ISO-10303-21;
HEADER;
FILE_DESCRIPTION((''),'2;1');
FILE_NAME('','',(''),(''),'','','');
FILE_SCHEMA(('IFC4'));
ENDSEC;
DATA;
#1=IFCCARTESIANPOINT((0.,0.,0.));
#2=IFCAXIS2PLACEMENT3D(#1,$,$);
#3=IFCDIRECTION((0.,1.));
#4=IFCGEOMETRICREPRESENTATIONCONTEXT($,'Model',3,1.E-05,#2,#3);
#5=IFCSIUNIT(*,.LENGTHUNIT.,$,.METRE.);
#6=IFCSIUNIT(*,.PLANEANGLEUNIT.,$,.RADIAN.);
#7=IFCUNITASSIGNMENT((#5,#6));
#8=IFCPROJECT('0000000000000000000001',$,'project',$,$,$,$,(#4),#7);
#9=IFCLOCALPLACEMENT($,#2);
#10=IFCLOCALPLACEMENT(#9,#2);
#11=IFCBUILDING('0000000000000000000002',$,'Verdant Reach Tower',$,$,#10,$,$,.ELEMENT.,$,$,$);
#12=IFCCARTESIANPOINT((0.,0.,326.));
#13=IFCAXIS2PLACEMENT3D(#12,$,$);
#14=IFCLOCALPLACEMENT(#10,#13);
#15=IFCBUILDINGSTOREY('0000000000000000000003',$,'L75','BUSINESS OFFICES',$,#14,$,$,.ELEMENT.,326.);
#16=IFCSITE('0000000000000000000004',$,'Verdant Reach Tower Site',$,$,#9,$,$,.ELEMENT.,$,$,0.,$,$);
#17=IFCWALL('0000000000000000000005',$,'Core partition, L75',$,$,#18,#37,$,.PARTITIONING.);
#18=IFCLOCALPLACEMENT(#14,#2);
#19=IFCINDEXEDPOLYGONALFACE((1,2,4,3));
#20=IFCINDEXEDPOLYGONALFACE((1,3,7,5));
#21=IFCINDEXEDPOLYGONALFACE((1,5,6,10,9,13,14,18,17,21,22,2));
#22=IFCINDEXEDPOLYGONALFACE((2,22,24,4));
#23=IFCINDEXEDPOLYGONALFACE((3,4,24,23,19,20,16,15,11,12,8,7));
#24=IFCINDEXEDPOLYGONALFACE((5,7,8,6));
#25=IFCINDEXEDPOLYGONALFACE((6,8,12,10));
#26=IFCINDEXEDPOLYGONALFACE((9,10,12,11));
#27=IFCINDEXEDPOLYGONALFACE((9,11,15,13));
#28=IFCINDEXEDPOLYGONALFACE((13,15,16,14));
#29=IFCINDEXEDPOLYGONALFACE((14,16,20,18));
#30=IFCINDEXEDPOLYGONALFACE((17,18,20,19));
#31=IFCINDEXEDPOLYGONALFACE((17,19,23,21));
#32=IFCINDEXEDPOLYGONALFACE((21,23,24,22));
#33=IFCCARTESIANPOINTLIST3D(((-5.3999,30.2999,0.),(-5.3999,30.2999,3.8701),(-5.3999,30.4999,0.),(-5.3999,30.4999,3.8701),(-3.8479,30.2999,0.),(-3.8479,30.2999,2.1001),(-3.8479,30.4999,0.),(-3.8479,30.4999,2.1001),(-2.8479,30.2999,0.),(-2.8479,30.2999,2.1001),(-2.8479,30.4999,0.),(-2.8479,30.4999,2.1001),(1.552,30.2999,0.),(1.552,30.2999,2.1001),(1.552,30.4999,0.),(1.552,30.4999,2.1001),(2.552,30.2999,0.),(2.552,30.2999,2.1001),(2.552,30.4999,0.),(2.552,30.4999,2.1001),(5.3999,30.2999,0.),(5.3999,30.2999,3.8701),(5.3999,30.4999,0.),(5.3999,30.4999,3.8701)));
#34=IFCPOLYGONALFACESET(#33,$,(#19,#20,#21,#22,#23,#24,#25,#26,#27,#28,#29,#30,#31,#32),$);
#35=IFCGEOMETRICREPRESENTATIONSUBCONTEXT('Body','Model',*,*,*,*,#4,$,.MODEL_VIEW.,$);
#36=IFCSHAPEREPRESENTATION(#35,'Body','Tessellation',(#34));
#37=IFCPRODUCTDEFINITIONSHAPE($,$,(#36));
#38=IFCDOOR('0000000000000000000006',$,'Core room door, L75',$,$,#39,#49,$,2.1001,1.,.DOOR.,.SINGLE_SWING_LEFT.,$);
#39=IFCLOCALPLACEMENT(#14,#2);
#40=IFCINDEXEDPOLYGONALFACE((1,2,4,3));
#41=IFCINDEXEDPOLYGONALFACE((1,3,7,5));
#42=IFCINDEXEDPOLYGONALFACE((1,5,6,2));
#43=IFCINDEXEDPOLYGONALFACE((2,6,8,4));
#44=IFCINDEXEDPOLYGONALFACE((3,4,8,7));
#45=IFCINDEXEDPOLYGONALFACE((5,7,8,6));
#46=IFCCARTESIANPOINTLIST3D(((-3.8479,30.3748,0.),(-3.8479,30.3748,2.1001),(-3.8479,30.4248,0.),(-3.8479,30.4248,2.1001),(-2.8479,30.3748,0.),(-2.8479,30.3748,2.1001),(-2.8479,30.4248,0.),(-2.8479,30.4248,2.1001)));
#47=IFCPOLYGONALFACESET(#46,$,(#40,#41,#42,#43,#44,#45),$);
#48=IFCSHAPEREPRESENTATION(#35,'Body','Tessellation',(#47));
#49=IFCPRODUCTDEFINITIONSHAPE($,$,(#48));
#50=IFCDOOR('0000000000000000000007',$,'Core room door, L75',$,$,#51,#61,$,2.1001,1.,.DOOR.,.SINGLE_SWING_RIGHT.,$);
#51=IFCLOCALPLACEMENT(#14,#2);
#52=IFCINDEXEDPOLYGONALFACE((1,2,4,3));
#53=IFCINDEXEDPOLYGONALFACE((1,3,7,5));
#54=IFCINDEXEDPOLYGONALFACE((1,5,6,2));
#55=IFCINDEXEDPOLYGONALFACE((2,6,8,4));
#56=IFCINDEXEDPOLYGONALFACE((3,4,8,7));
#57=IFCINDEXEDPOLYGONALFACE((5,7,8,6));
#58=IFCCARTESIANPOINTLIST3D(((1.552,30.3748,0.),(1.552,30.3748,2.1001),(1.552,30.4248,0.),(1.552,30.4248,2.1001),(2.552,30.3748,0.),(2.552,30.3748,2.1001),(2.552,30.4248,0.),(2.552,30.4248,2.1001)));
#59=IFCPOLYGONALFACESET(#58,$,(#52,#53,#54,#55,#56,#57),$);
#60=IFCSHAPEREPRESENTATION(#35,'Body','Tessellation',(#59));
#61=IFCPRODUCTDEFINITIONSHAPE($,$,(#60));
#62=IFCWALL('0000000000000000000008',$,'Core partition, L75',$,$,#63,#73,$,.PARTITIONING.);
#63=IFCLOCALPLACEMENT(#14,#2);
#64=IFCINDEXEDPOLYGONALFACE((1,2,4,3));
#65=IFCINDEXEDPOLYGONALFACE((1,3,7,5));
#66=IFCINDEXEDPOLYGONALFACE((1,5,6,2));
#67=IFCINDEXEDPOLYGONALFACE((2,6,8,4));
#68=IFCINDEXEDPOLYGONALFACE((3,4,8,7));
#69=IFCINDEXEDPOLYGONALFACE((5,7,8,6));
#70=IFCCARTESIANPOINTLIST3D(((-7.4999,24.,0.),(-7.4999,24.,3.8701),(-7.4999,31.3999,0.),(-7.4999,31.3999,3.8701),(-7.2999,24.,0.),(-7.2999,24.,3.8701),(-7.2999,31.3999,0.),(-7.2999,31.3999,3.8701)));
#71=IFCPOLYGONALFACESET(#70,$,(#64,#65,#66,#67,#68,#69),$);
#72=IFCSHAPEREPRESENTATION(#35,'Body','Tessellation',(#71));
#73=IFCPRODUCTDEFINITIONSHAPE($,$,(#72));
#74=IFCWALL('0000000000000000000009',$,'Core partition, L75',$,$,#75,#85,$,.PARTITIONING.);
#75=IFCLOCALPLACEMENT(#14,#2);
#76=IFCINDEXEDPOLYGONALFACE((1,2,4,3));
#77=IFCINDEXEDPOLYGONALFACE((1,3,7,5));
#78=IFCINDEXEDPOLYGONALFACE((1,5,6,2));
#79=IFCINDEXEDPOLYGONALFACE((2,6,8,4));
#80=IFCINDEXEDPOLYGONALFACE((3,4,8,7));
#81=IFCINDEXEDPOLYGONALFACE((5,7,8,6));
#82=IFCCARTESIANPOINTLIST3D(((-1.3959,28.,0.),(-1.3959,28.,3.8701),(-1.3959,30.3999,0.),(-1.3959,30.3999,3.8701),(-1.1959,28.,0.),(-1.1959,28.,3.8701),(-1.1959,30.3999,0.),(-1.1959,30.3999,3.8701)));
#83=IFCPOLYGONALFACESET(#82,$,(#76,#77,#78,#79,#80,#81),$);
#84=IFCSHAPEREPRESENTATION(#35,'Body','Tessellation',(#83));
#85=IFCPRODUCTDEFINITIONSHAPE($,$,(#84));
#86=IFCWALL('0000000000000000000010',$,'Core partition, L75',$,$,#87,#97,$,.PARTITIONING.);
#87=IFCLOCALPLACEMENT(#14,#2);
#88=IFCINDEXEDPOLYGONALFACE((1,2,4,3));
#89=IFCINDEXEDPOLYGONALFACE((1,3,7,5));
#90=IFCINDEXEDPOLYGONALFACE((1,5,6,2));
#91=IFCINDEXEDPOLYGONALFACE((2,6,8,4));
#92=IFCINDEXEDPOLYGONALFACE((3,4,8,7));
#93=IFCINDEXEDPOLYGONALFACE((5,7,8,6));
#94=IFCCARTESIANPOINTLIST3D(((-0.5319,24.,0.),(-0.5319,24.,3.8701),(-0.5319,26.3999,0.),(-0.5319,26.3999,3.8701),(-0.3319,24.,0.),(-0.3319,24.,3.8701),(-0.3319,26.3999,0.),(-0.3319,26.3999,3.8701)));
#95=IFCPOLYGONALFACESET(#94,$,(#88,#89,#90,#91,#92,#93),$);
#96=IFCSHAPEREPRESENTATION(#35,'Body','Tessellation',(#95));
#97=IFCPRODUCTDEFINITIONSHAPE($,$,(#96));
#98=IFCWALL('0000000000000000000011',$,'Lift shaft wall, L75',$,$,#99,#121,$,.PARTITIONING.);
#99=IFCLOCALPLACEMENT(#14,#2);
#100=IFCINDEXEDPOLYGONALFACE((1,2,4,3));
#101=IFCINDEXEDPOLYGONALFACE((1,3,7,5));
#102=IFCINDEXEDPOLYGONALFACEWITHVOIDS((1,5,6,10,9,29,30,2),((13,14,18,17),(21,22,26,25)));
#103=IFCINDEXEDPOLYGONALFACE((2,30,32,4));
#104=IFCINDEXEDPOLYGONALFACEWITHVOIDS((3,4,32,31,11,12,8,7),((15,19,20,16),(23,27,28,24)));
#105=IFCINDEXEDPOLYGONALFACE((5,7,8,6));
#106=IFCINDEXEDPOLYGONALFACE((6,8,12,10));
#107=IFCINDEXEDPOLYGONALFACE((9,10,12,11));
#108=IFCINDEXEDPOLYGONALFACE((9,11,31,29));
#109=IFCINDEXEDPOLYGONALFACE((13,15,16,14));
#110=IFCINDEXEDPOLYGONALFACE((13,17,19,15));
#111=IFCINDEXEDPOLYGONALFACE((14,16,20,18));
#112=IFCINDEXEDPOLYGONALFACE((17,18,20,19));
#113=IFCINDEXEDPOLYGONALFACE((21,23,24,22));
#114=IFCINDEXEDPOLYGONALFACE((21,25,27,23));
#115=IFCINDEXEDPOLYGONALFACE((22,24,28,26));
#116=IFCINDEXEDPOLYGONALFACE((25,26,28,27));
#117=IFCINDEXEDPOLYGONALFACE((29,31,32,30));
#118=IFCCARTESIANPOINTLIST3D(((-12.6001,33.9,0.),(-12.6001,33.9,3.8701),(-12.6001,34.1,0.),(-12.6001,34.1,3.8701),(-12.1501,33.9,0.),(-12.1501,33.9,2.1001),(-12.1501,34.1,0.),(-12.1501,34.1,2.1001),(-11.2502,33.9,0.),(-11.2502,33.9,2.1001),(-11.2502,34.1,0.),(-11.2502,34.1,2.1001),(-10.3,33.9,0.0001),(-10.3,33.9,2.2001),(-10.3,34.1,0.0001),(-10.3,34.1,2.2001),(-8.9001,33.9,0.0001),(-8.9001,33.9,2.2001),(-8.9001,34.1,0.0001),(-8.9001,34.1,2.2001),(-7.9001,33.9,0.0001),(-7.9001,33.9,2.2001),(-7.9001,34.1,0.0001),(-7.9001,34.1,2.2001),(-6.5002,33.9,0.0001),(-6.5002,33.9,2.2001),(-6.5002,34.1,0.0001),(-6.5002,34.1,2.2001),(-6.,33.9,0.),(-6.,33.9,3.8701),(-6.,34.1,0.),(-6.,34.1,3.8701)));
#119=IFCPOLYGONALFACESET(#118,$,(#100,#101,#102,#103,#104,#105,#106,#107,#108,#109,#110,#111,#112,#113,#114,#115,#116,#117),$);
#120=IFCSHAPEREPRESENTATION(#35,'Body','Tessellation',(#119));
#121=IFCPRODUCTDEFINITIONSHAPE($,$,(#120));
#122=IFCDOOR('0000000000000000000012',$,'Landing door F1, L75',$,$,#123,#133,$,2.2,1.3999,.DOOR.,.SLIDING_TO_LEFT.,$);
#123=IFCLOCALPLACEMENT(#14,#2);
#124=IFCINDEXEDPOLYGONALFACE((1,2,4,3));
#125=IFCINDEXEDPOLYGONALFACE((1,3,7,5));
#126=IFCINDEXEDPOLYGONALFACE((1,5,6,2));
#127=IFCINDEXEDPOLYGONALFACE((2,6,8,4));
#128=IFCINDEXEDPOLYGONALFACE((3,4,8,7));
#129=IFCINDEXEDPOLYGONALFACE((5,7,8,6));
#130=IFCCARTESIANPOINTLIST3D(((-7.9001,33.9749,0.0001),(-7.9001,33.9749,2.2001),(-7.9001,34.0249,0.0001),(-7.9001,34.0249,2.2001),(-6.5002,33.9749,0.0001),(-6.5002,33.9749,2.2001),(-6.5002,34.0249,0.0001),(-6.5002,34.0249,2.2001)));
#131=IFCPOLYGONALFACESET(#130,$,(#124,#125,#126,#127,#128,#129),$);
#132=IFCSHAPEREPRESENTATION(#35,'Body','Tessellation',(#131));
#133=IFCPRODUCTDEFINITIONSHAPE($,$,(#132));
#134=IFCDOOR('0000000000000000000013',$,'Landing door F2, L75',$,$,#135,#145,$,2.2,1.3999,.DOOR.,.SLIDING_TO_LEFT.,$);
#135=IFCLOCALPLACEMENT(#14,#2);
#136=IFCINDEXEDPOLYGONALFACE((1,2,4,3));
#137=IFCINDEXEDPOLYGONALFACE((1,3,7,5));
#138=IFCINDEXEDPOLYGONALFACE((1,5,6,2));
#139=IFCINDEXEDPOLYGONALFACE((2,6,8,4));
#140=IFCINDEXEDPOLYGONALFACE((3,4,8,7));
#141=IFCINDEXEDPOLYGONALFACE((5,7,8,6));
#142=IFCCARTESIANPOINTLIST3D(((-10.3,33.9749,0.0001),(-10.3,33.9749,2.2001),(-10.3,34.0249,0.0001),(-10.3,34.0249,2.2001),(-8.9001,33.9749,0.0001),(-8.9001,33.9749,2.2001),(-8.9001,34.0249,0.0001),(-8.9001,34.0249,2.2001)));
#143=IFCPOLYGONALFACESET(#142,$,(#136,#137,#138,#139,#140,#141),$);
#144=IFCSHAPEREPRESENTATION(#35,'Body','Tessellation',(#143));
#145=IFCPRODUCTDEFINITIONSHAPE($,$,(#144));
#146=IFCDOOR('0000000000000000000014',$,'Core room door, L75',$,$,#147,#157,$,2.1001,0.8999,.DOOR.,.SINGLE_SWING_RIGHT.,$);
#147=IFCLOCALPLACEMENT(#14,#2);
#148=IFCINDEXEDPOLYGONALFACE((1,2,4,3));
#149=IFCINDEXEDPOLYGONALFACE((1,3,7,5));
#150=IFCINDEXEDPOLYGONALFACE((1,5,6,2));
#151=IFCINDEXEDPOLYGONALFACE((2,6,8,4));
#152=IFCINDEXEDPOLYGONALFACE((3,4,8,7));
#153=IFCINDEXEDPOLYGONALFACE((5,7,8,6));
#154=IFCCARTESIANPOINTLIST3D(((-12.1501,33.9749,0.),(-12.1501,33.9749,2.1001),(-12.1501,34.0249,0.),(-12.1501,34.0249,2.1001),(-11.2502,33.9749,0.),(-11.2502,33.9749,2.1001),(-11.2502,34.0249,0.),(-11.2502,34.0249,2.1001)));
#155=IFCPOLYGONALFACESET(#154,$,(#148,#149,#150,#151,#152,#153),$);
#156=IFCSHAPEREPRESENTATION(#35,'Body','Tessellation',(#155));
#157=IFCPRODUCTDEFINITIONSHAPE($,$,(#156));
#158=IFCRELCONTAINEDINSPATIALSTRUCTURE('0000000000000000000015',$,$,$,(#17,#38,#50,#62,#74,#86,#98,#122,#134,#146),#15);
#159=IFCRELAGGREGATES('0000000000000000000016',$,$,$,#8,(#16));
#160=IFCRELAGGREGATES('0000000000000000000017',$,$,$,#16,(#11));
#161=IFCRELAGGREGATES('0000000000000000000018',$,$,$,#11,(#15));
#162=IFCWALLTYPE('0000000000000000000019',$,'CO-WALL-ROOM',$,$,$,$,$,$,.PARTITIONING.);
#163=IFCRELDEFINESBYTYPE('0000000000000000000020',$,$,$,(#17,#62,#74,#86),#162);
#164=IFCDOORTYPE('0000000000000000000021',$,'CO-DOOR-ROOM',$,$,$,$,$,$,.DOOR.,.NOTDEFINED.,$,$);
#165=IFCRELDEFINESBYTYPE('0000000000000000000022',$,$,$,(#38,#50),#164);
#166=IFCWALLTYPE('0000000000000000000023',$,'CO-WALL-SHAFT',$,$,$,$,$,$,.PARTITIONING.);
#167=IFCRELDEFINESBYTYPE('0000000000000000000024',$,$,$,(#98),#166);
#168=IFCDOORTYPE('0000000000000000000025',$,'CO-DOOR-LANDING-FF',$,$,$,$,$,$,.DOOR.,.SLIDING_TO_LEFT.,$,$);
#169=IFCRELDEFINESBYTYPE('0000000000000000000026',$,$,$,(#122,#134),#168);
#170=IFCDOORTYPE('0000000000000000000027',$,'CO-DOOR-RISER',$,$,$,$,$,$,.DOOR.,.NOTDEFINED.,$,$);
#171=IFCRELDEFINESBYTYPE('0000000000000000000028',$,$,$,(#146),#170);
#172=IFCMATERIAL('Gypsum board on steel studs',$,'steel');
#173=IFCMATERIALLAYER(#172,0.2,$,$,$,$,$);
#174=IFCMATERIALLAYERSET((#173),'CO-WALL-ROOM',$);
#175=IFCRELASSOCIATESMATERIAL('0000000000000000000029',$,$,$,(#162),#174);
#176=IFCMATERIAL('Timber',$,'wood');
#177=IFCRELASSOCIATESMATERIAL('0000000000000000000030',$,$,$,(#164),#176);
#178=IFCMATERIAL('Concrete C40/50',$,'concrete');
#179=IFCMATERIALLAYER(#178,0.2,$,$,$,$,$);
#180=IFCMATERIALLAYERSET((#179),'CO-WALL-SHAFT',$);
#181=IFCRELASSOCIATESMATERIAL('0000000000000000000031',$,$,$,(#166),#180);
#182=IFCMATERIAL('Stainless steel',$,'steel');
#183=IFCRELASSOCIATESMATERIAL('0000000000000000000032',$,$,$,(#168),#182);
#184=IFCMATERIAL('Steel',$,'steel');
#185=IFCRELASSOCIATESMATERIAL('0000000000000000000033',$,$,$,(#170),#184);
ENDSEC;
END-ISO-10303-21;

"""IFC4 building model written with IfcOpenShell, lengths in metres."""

from ifc_helpers import new_model, si_unit, direction, frame, frame_2d, origin, place, context, subcontext, project, spatial, rectangle, extrude, material, layer, layer_set, type_object, element, fill, save


model = new_model("IFC4")

# Units and contexts
model_context = context("Model", 3, precision=1e-05, world=origin(), true_north=direction((0.0, 1.0)))
body_context = subcontext(model_context, "Body", "Model", "MODEL_VIEW")
ifc_project = project(units=[si_unit("LENGTHUNIT", "METRE"), si_unit("PLANEANGLEUNIT", "RADIAN")], contexts=[model_context])

# Site, building, storey
site_placement = place(None, origin())
site = spatial("IfcSite", under=ifc_project, at=site_placement, Name="Verdant Reach Tower Site", CompositionType="ELEMENT", RefElevation=0.0)
building_placement = place(site_placement, origin())
building = spatial("IfcBuilding", under=site, at=building_placement, Name="Verdant Reach Tower", CompositionType="ELEMENT")
storey_placement = place(building_placement, frame((0.0, 0.0, 326.0)))
storey = spatial("IfcBuildingStorey", under=building, at=storey_placement, Name="L75", Description="BUSINESS OFFICES", CompositionType="ELEMENT", Elevation=326.0)

# Shared definitions
ifc_material_1 = material(Name="Gypsum board on steel studs", Category="steel")
ifc_layer_1 = layer(ifc_material_1, 0.2)
ifc_layer_set_1 = layer_set([ifc_layer_1], Name="CO-WALL-ROOM")
wall_type_1 = type_object("IfcWallType", Name="CO-WALL-ROOM", PredefinedType="PARTITIONING", material=ifc_layer_set_1)
ifc_material_2 = material(Name="Timber", Category="wood")
door_type_1 = type_object("IfcDoorType", Name="CO-DOOR-ROOM", OperationType="NOTDEFINED", PredefinedType="DOOR", material=ifc_material_2)

# Wall, openings, doors
wall_1_placement = place(storey_placement, frame((-5.3999, 30.3999, 0.0), z_axis=(0.0, 0.0, 1.0), x_axis=(1.0, 0.0, 0.0)))
wall_1 = element("IfcWall", 1, at=wall_1_placement, inside=storey, type_object=wall_type_1, Name="Core partition, L75", PredefinedType="PARTITIONING", context=body_context, shape_type="SweptSolid", body=[
    extrude(rectangle(XDim=10.7998, YDim=0.2, at=frame_2d((5.3999, 0.0))), origin(), (0.0, 0.0, 1.0), 3.8701),
])
opening_1_placement = place(wall_1_placement, frame((1.552, 0.0, 0.0)))
opening_1 = element("IfcOpeningElement", 2, at=opening_1_placement, cuts=wall_1, PredefinedType="OPENING", context=body_context, shape_type="SweptSolid", body=[
    extrude(rectangle(XDim=1.0, YDim=2.1001, at=frame_2d((0.5, 1.05))), frame((0.0, 0.1099, 0.0), z_axis=(0.0, -1.0, 0.0), x_axis=(1.0, 0.0, 0.0)), (0.0, 0.0, 1.0), 0.22),
])
opening_2_placement = place(wall_1_placement, frame((6.9519, 0.0, 0.0)))
opening_2 = element("IfcOpeningElement", 3, at=opening_2_placement, cuts=wall_1, PredefinedType="OPENING", context=body_context, shape_type="SweptSolid", body=[
    extrude(rectangle(XDim=1.0, YDim=2.1001, at=frame_2d((0.5, 1.05))), frame((0.0, 0.1099, 0.0), z_axis=(0.0, -1.0, 0.0), x_axis=(1.0, 0.0, 0.0)), (0.0, 0.0, 1.0), 0.22),
])
door_1_placement = place(opening_1_placement, origin())
door_1 = element("IfcDoor", 4, at=door_1_placement, inside=storey, type_object=door_type_1, Name="Core room door, L75", OperationType="SINGLE_SWING_LEFT", OverallHeight=2.1001, OverallWidth=1.0, PredefinedType="DOOR", context=body_context, shape_type="SweptSolid", body=[
    extrude(rectangle(XDim=1.0, YDim=2.1001, at=frame_2d((0.5, 1.05))), frame((0.0, 0.0249, 0.0), z_axis=(0.0, -1.0, 0.0), x_axis=(1.0, 0.0, 0.0)), (0.0, 0.0, 1.0), 0.05),
])
fill(opening_1, door_1)
door_2_placement = place(opening_2_placement, origin())
door_2 = element("IfcDoor", 5, at=door_2_placement, inside=storey, type_object=door_type_1, Name="Core room door, L75", OperationType="SINGLE_SWING_RIGHT", OverallHeight=2.1001, OverallWidth=1.0, PredefinedType="DOOR", context=body_context, shape_type="SweptSolid", body=[
    extrude(rectangle(XDim=1.0, YDim=2.1001, at=frame_2d((0.5, 1.05))), frame((0.0, 0.0249, 0.0), z_axis=(0.0, -1.0, 0.0), x_axis=(1.0, 0.0, 0.0)), (0.0, 0.0, 1.0), 0.05),
])
fill(opening_2, door_2)

# Walls
wall_2_placement = place(storey_placement, frame((-7.3999, 24.0, 0.0), z_axis=(0.0, 0.0, 1.0), x_axis=(0.0, 1.0, 0.0)))
element("IfcWall", 6, at=wall_2_placement, inside=storey, type_object=wall_type_1, Name="Core partition, L75", PredefinedType="PARTITIONING", context=body_context, shape_type="SweptSolid", body=[
    extrude(rectangle(XDim=7.3999, YDim=0.2, at=frame_2d((3.7, 0.0))), origin(), (0.0, 0.0, 1.0), 3.8701),
])
for number, where, z_axis, x_axis, name in (
    (7, (-1.2959, 28.0, 0.0), (0.0, 0.0, 1.0), (0.0, 1.0, 0.0), "Core partition, L75"),
    (8, (-0.4319, 24.0, 0.0), (0.0, 0.0, 1.0), (0.0, 1.0, 0.0), "Core partition, L75"),
):
    element("IfcWall", number, at=place(storey_placement, frame(where, z_axis=z_axis, x_axis=x_axis)), inside=storey, type_object=wall_type_1, Name=name, PredefinedType="PARTITIONING", context=body_context, shape_type="SweptSolid", body=[
        extrude(rectangle(XDim=2.3999, YDim=0.2, at=frame_2d((1.2, 0.0))), origin(), (0.0, 0.0, 1.0), 3.8701),
    ])

# Wall, openings, doors
ifc_material_3 = material(Name="Concrete C40/50", Category="concrete")
ifc_layer_2 = layer(ifc_material_3, 0.2)
ifc_layer_set_2 = layer_set([ifc_layer_2], Name="CO-WALL-SHAFT")
wall_type_2 = type_object("IfcWallType", Name="CO-WALL-SHAFT", PredefinedType="PARTITIONING", material=ifc_layer_set_2)
wall_3_placement = place(storey_placement, frame((-12.6001, 34.0, 0.0), z_axis=(0.0, 0.0, 1.0), x_axis=(1.0, 0.0, 0.0)))
wall_3 = element("IfcWall", 9, at=wall_3_placement, inside=storey, type_object=wall_type_2, Name="Lift shaft wall, L75", PredefinedType="PARTITIONING", context=body_context, shape_type="SweptSolid", body=[
    extrude(rectangle(XDim=6.6001, YDim=0.2, at=frame_2d((3.3, 0.0))), origin(), (0.0, 0.0, 1.0), 3.8701),
])
opening_3_placement = place(wall_3_placement, frame((4.7, 0.0, 0.0)))
opening_3 = element("IfcOpeningElement", 10, at=opening_3_placement, cuts=wall_3, PredefinedType="OPENING", context=body_context, shape_type="SweptSolid", body=[
    extrude(rectangle(XDim=1.3999, YDim=2.2, at=frame_2d((0.7, 1.1001))), frame((0.0, 0.1099, 0.0), z_axis=(0.0, -1.0, 0.0), x_axis=(1.0, 0.0, 0.0)), (0.0, 0.0, 1.0), 0.22),
])
opening_4_placement = place(wall_3_placement, frame((2.3, 0.0, 0.0)))
opening_4 = element("IfcOpeningElement", 11, at=opening_4_placement, cuts=wall_3, PredefinedType="OPENING", context=body_context, shape_type="SweptSolid", body=[
    extrude(rectangle(XDim=1.3999, YDim=2.2, at=frame_2d((0.7, 1.1001))), frame((0.0, 0.1099, 0.0), z_axis=(0.0, -1.0, 0.0), x_axis=(1.0, 0.0, 0.0)), (0.0, 0.0, 1.0), 0.22),
])
opening_5_placement = place(wall_3_placement, frame((0.45, 0.0, 0.0)))
opening_5 = element("IfcOpeningElement", 12, at=opening_5_placement, cuts=wall_3, PredefinedType="OPENING", context=body_context, shape_type="SweptSolid", body=[
    extrude(rectangle(XDim=0.8999, YDim=2.1001, at=frame_2d((0.45, 1.05))), frame((0.0, 0.1099, 0.0), z_axis=(0.0, -1.0, 0.0), x_axis=(1.0, 0.0, 0.0)), (0.0, 0.0, 1.0), 0.22),
])
ifc_material_4 = material(Name="Stainless steel", Category="steel")
door_type_2 = type_object("IfcDoorType", Name="CO-DOOR-LANDING-FF", OperationType="SLIDING_TO_LEFT", PredefinedType="DOOR", material=ifc_material_4)
door_3_placement = place(opening_3_placement, origin())
door_3 = element("IfcDoor", 13, at=door_3_placement, inside=storey, type_object=door_type_2, Name="Landing door F1, L75", OperationType="SLIDING_TO_LEFT", OverallHeight=2.2, OverallWidth=1.3999, PredefinedType="DOOR", context=body_context, shape_type="SweptSolid", body=[
    extrude(rectangle(XDim=1.3999, YDim=2.2, at=frame_2d((0.7, 1.1001))), frame((0.0, 0.0249, 0.0), z_axis=(0.0, -1.0, 0.0), x_axis=(1.0, 0.0, 0.0)), (0.0, 0.0, 1.0), 0.05),
])
fill(opening_3, door_3)
door_4_placement = place(opening_4_placement, origin())
door_4 = element("IfcDoor", 14, at=door_4_placement, inside=storey, type_object=door_type_2, Name="Landing door F2, L75", OperationType="SLIDING_TO_LEFT", OverallHeight=2.2, OverallWidth=1.3999, PredefinedType="DOOR", context=body_context, shape_type="SweptSolid", body=[
    extrude(rectangle(XDim=1.3999, YDim=2.2, at=frame_2d((0.7, 1.1001))), frame((0.0, 0.0249, 0.0), z_axis=(0.0, -1.0, 0.0), x_axis=(1.0, 0.0, 0.0)), (0.0, 0.0, 1.0), 0.05),
])
fill(opening_4, door_4)
ifc_material_5 = material(Name="Steel", Category="steel")
door_type_3 = type_object("IfcDoorType", Name="CO-DOOR-RISER", OperationType="NOTDEFINED", PredefinedType="DOOR", material=ifc_material_5)
door_5_placement = place(opening_5_placement, origin())
door_5 = element("IfcDoor", 15, at=door_5_placement, inside=storey, type_object=door_type_3, Name="Core room door, L75", OperationType="SINGLE_SWING_RIGHT", OverallHeight=2.1001, OverallWidth=0.8999, PredefinedType="DOOR", context=body_context, shape_type="SweptSolid", body=[
    extrude(rectangle(XDim=0.8999, YDim=2.1001, at=frame_2d((0.45, 1.05))), frame((0.0, 0.0249, 0.0), z_axis=(0.0, -1.0, 0.0), x_axis=(1.0, 0.0, 0.0)), (0.0, 0.0, 1.0), 0.05),
])
fill(opening_5, door_5)

save(model, "model.ifc")
